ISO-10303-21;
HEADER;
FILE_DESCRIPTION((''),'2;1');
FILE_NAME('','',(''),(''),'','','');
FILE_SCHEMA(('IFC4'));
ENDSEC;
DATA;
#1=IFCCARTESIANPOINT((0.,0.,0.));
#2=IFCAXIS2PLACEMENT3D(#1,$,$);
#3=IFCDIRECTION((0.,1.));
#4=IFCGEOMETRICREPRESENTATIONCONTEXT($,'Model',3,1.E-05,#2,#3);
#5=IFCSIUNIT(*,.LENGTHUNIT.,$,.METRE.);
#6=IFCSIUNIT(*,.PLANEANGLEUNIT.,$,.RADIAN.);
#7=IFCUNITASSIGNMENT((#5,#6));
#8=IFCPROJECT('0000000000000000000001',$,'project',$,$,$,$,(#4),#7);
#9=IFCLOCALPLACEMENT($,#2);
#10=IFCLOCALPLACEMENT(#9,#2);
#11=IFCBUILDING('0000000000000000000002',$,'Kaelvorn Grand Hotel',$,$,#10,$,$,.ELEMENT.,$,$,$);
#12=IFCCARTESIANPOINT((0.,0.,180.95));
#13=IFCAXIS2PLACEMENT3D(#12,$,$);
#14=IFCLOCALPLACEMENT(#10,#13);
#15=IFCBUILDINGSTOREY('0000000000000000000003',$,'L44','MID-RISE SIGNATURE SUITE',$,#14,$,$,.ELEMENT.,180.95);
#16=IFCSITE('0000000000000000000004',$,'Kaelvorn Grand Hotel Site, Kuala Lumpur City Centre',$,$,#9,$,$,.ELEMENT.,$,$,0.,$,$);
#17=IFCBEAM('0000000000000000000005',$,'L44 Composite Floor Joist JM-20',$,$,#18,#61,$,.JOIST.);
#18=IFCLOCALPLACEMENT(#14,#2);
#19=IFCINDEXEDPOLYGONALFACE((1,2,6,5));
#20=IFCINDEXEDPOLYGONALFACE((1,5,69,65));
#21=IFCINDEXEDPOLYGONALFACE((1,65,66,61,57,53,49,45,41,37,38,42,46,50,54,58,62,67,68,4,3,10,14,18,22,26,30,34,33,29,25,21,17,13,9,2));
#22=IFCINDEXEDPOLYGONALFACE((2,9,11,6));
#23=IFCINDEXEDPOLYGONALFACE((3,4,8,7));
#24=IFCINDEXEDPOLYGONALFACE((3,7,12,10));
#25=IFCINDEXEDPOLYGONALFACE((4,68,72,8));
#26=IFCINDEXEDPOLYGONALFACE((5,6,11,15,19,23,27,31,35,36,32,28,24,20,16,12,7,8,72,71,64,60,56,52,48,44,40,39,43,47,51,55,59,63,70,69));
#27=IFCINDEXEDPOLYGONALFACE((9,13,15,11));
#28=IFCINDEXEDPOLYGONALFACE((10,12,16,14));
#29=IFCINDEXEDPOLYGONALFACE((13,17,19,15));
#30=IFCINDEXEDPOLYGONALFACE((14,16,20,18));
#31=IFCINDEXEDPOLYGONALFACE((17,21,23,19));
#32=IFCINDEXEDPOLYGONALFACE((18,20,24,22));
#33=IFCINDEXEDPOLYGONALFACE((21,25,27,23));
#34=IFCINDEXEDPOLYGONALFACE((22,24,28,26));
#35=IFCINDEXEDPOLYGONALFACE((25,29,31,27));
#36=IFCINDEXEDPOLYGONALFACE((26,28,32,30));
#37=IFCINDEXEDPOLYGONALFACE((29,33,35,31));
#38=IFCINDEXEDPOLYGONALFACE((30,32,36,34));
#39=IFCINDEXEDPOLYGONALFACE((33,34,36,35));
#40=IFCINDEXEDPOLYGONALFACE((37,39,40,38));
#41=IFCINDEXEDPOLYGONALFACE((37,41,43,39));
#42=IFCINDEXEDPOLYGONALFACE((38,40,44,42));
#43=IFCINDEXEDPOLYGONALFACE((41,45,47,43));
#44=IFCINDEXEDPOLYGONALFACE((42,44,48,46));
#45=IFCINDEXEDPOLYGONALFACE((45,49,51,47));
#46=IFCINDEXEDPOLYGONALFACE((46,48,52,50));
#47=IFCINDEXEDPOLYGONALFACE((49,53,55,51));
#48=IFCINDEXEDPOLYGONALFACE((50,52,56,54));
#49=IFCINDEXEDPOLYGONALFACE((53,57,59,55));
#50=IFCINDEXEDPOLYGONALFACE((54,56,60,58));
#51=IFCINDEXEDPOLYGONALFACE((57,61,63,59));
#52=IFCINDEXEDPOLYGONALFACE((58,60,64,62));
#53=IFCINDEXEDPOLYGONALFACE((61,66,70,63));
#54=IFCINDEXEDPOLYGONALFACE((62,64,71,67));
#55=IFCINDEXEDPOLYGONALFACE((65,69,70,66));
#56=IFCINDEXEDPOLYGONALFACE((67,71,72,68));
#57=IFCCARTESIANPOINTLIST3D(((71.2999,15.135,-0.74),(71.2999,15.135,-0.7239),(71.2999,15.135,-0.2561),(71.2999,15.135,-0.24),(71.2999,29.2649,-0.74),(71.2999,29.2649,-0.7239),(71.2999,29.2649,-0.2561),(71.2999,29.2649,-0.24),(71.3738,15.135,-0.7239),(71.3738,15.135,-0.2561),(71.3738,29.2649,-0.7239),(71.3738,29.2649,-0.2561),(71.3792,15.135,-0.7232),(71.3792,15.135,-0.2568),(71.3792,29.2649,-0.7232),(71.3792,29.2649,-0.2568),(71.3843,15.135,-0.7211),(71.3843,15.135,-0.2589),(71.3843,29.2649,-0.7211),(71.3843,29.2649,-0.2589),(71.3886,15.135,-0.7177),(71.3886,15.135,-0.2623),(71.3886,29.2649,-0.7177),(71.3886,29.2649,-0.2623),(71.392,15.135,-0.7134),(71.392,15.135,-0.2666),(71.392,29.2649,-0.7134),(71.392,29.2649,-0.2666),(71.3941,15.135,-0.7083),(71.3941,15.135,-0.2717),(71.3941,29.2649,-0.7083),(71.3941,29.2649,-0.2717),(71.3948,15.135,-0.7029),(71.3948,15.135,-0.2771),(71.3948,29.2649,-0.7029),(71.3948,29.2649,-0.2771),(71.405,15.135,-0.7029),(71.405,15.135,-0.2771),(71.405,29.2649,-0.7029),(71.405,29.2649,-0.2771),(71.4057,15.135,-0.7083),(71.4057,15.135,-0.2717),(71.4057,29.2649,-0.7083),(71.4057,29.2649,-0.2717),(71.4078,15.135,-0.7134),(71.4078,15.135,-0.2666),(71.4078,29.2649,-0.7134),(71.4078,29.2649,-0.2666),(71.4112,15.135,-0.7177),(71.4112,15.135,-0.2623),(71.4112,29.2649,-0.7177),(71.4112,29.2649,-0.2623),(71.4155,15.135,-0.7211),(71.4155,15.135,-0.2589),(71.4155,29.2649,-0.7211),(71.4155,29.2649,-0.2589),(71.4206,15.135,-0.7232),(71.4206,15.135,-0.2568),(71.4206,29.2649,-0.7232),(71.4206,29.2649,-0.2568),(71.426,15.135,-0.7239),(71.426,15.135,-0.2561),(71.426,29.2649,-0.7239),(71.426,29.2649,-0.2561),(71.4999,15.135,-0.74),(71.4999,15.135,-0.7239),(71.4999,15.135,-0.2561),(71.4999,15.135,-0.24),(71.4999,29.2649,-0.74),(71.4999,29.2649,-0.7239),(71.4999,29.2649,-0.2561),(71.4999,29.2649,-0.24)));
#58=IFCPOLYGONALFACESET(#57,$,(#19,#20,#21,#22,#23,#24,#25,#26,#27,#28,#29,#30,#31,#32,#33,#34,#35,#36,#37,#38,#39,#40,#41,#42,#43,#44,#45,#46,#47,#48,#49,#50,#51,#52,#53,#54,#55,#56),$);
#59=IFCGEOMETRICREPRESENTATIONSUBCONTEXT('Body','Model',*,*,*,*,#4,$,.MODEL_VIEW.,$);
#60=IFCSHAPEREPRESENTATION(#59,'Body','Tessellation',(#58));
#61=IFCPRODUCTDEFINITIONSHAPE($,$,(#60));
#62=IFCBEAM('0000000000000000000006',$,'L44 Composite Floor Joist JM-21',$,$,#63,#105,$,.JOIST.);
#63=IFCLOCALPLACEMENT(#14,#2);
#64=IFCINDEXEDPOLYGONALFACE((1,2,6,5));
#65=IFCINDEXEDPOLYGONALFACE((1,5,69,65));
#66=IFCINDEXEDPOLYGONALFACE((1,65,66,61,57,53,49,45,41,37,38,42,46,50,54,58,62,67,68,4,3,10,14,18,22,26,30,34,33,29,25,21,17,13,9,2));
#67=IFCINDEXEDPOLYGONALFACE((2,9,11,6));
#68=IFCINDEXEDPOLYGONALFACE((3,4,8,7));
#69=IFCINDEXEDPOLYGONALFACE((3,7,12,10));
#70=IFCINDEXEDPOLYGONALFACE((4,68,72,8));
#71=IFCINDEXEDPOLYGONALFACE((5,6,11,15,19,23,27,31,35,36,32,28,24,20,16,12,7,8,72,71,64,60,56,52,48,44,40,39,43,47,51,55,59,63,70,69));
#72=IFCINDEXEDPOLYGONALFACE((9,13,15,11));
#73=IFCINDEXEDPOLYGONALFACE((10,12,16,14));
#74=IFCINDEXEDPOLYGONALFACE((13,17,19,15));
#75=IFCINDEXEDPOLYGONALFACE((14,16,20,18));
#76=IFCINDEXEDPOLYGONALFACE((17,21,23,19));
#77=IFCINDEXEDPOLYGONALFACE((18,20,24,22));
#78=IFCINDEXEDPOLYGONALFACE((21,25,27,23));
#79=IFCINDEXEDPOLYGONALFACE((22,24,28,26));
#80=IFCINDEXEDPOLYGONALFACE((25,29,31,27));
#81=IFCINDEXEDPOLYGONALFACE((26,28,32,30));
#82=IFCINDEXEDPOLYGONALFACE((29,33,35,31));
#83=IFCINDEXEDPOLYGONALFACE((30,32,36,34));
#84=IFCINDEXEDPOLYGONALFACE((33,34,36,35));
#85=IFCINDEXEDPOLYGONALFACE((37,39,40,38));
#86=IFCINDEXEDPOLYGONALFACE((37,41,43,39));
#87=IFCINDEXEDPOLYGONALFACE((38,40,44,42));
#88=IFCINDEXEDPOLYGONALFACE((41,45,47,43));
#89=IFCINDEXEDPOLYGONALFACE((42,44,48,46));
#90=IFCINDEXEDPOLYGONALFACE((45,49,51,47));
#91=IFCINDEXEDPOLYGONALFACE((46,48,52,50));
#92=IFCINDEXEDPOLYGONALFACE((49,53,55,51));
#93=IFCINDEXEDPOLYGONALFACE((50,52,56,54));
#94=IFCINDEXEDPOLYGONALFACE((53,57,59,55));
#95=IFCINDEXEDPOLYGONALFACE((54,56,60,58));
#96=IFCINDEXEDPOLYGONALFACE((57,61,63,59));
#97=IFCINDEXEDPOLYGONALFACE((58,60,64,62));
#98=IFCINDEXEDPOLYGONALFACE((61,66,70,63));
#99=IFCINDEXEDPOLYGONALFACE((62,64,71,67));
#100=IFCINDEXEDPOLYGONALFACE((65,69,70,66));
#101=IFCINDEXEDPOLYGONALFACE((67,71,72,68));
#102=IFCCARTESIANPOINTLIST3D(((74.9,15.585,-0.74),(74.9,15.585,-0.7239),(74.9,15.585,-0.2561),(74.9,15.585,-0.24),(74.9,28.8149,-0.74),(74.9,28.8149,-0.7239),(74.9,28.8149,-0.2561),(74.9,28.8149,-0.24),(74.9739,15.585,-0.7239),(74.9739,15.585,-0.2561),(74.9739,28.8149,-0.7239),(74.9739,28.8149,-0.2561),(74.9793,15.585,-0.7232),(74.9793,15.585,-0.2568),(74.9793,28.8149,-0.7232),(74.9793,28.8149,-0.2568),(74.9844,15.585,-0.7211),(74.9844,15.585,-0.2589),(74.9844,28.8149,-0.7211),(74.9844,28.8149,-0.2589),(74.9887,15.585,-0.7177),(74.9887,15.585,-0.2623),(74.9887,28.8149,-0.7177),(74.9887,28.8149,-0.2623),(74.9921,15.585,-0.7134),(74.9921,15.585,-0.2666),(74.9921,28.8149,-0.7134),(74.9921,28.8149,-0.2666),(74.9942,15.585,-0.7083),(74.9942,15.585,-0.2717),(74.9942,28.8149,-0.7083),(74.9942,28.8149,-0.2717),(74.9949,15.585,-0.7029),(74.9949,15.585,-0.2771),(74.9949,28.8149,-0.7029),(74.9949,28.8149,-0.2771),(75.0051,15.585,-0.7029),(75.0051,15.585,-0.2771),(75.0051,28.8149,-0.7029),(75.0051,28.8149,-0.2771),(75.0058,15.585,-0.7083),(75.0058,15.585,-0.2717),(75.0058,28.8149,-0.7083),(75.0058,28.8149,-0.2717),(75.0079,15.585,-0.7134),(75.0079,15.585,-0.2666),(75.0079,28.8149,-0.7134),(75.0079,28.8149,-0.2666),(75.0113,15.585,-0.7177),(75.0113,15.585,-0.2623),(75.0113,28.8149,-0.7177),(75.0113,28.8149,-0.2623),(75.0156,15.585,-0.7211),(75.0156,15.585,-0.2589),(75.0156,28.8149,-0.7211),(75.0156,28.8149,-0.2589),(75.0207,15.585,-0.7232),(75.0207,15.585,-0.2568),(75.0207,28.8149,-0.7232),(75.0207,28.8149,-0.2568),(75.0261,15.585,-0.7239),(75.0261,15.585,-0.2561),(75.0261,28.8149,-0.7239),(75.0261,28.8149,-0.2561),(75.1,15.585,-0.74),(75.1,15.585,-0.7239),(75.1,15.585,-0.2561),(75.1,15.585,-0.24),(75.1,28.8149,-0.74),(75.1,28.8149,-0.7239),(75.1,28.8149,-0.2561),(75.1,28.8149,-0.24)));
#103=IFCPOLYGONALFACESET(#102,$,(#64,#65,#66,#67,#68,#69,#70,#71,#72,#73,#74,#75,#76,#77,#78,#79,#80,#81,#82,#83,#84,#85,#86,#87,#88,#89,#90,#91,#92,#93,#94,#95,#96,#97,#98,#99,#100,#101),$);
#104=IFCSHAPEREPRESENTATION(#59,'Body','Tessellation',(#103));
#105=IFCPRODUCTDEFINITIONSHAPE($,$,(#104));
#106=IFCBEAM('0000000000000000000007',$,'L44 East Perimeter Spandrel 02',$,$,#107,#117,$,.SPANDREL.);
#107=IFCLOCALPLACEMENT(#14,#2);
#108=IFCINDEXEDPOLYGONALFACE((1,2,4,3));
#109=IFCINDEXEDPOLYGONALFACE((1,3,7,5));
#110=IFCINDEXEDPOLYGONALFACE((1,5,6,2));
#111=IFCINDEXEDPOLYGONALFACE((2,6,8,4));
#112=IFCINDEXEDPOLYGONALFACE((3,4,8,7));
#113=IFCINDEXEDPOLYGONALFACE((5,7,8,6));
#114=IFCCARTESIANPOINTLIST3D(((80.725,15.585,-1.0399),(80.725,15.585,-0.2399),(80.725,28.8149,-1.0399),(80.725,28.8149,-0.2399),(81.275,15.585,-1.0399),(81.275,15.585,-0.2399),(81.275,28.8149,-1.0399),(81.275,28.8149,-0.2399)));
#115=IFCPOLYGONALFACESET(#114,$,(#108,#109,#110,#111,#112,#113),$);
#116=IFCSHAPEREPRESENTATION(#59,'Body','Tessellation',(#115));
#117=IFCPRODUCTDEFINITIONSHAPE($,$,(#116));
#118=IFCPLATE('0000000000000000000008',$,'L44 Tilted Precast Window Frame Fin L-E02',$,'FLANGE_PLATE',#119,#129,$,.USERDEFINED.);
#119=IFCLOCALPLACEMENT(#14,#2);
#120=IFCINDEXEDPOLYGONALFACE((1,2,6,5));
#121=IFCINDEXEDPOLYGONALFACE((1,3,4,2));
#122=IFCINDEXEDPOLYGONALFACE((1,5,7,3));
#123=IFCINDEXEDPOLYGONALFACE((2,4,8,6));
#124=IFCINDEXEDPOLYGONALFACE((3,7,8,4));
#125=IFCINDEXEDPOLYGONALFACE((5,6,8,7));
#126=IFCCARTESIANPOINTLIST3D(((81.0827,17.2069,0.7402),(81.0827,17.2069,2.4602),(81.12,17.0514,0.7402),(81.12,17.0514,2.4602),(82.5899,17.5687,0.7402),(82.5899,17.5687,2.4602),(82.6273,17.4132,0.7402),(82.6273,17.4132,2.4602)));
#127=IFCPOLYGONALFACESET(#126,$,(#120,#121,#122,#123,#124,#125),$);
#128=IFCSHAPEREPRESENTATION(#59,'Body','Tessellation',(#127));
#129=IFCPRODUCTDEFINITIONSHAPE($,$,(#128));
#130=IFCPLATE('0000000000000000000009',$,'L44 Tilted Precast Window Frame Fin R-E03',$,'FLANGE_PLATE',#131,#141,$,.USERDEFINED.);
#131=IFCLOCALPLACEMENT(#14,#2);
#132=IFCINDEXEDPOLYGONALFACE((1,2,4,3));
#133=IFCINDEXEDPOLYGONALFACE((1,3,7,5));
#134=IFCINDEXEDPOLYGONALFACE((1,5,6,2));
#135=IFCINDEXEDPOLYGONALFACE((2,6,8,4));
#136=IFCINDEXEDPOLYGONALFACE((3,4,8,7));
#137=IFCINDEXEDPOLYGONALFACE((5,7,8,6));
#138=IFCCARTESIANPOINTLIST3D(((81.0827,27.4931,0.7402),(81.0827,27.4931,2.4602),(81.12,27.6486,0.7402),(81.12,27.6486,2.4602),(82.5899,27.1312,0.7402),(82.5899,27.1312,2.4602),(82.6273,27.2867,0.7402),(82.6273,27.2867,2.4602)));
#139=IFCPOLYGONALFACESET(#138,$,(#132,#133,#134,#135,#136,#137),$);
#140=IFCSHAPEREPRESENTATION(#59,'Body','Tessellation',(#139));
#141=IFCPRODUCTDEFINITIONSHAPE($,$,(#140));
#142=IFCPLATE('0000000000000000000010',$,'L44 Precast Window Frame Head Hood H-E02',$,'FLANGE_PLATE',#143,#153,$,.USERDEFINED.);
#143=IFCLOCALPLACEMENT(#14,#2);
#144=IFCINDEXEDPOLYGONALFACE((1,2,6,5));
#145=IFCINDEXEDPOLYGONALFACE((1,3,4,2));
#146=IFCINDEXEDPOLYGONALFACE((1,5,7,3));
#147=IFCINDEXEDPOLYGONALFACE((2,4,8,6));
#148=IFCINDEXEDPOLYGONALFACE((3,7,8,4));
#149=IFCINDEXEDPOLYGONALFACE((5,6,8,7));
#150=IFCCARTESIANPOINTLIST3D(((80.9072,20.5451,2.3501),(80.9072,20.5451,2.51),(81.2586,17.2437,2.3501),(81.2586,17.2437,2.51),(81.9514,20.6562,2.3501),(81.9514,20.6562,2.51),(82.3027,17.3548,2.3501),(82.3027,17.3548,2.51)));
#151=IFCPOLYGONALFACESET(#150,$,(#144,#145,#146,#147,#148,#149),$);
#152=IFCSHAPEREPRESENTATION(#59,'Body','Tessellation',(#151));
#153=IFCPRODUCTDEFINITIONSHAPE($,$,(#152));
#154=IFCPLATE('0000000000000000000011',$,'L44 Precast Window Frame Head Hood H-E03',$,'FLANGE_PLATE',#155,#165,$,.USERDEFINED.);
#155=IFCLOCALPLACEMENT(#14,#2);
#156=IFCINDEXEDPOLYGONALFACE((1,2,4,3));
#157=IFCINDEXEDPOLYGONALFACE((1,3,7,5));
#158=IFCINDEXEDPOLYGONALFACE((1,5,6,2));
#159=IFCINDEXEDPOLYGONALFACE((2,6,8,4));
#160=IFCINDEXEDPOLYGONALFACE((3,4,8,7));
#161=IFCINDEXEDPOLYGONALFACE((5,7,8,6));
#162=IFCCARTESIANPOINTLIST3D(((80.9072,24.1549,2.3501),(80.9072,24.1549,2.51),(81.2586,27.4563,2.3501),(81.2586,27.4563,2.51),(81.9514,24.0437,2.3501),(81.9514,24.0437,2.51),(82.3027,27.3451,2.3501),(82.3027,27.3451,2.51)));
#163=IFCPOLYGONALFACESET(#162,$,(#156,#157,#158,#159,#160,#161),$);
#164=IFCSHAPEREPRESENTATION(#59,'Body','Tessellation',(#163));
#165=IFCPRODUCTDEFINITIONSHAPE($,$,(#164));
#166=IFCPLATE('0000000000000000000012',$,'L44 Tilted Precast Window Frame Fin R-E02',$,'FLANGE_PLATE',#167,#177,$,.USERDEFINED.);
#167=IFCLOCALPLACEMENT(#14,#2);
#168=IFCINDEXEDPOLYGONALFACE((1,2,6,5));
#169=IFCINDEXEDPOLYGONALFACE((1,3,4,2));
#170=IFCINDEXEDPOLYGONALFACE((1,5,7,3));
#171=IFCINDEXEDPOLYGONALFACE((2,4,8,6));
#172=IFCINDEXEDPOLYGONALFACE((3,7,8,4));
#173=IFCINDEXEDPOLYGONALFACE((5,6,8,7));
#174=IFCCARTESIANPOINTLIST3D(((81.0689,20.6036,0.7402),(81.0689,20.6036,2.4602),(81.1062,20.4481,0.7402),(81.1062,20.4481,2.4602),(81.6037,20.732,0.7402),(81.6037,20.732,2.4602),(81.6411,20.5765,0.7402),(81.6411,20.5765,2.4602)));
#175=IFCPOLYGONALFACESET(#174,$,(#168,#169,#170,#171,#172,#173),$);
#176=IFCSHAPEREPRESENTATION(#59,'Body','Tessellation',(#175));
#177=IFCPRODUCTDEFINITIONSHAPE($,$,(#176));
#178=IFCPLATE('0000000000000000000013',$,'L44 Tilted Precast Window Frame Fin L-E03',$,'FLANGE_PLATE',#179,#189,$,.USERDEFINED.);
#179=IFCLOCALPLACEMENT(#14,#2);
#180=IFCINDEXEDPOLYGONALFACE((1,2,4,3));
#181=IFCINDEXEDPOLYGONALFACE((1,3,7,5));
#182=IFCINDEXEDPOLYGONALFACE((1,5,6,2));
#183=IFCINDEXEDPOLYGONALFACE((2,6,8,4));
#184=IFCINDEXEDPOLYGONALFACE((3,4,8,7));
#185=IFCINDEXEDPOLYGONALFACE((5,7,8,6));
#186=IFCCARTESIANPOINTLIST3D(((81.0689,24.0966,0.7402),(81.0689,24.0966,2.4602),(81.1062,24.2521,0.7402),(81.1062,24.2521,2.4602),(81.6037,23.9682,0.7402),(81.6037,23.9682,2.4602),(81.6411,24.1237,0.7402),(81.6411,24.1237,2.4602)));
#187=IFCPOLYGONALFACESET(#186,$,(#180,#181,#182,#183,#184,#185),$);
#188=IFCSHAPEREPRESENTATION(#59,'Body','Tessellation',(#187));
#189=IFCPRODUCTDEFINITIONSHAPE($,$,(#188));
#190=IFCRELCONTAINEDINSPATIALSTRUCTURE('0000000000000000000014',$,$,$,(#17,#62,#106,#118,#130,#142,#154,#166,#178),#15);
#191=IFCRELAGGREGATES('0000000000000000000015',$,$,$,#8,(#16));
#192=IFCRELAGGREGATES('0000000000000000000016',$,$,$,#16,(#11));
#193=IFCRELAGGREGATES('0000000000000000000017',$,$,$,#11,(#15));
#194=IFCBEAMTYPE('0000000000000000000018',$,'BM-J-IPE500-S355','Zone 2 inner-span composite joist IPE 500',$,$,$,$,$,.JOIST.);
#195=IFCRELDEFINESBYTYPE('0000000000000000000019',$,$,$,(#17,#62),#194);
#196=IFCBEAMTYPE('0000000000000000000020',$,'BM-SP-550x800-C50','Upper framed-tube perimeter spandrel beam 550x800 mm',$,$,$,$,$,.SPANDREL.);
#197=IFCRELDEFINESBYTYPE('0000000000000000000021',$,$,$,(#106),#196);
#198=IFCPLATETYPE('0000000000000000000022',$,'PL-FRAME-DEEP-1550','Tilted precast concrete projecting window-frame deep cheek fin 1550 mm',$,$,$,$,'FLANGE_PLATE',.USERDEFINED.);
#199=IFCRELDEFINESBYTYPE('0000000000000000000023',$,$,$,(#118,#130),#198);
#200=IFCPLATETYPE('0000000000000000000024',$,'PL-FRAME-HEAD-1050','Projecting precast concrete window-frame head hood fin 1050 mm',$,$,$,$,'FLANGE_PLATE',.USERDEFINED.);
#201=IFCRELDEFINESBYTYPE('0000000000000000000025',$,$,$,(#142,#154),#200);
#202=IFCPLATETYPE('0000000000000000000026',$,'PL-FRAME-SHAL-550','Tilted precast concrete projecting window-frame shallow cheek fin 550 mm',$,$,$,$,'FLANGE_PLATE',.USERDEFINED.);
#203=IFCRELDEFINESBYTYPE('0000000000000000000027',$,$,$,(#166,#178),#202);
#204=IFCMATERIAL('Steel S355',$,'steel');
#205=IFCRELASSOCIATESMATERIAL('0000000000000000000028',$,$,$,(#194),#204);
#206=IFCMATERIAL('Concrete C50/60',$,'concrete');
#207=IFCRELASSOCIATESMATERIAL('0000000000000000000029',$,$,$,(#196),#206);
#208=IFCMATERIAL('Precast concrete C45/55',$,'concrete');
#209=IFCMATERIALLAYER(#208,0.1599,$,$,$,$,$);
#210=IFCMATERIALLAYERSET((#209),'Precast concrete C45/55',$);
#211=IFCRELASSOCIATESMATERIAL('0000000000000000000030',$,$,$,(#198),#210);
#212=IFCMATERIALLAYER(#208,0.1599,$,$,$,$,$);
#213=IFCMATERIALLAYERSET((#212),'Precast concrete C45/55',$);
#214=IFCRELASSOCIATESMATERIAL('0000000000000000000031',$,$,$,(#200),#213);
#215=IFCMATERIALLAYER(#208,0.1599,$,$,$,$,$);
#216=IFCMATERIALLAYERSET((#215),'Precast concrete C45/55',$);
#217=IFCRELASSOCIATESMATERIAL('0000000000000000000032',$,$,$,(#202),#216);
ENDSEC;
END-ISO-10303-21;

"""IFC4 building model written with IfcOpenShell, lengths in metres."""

from ifc_helpers import new_model, si_unit, direction, frame, origin, origin_2d, place, context, subcontext, project, spatial, rectangle, i_section, extrude, material, layer, layer_set, material_profile, profile_set, type_object, element, save


model = new_model("IFC4")

# Units and contexts
model_context = context("Model", 3, precision=1e-05, world=origin(), true_north=direction((0.0, 1.0)))
body_context = subcontext(model_context, "Body", "Model", "MODEL_VIEW")
ifc_project = project(units=[si_unit("LENGTHUNIT", "METRE"), si_unit("PLANEANGLEUNIT", "RADIAN")], contexts=[model_context])

# Site, building, storey
site_placement = place(None, origin())
site = spatial("IfcSite", under=ifc_project, at=site_placement, Name="Kaelvorn Grand Hotel Site, Kuala Lumpur City Centre", CompositionType="ELEMENT", RefElevation=0.0)
building_placement = place(site_placement, origin())
building = spatial("IfcBuilding", under=site, at=building_placement, Name="Kaelvorn Grand Hotel", CompositionType="ELEMENT")
storey_placement = place(building_placement, frame((0.0, 0.0, 180.95)))
storey = spatial("IfcBuildingStorey", under=building, at=storey_placement, Name="L44", Description="MID-RISE SIGNATURE SUITE", CompositionType="ELEMENT", Elevation=180.95)

# Beams
ifc_material_1 = material(Name="Steel S355", Category="steel")
ifc_material_profile_1 = material_profile(ifc_material_1, i_section(OverallWidth=0.2, OverallDepth=0.5, WebThickness=0.0103, FlangeThickness=0.0161, FilletRadius=0.021, at=origin_2d()), Name="IPE 500")
ifc_profile_set_1 = profile_set([ifc_material_profile_1], Name="Steel S355")
beam_type_1 = type_object("IfcBeamType", Name="BM-J-IPE500-S355", Description="Zone 2 inner-span composite joist IPE 500", PredefinedType="JOIST", material=ifc_profile_set_1)
beam_1_placement = place(storey_placement, frame((71.3999, 15.135, -0.49), z_axis=(0.0, 1.0, 0.0), x_axis=(-1.0, 0.0, 0.0)))
element("IfcBeam", 1, at=beam_1_placement, inside=storey, type_object=beam_type_1, Name="L44 Composite Floor Joist JM-20", PredefinedType="JOIST", context=body_context, shape_type="SweptSolid", body=[
    extrude(i_section(OverallWidth=0.2, OverallDepth=0.5, WebThickness=0.0103, FlangeThickness=0.0161, FilletRadius=0.021, at=origin_2d()), origin(), (0.0, 0.0, 1.0), 14.1299),
])
beam_2_placement = place(storey_placement, frame((75.0, 15.585, -0.49), z_axis=(0.0, 1.0, 0.0), x_axis=(-1.0, 0.0, 0.0)))
element("IfcBeam", 2, at=beam_2_placement, inside=storey, type_object=beam_type_1, Name="L44 Composite Floor Joist JM-21", PredefinedType="JOIST", context=body_context, shape_type="SweptSolid", body=[
    extrude(i_section(OverallWidth=0.2, OverallDepth=0.5, WebThickness=0.0103, FlangeThickness=0.0161, FilletRadius=0.021, at=origin_2d()), origin(), (0.0, 0.0, 1.0), 13.23),
])
ifc_material_2 = material(Name="Concrete C50/60", Category="concrete")
ifc_material_profile_2 = material_profile(ifc_material_2, rectangle(XDim=0.55, YDim=0.8, at=origin_2d()), Name="RC SPANDREL 550x800")
ifc_profile_set_2 = profile_set([ifc_material_profile_2], Name="Concrete C50/60")
beam_type_2 = type_object("IfcBeamType", Name="BM-SP-550x800-C50", Description="Upper framed-tube perimeter spandrel beam 550x800 mm", PredefinedType="SPANDREL", material=ifc_profile_set_2)
beam_3_placement = place(storey_placement, frame((81.0, 15.585, -0.6399), z_axis=(0.0, 1.0, 0.0), x_axis=(-1.0, 0.0, 0.0)))
element("IfcBeam", 3, at=beam_3_placement, inside=storey, type_object=beam_type_2, Name="L44 East Perimeter Spandrel 02", PredefinedType="SPANDREL", context=body_context, shape_type="SweptSolid", body=[
    extrude(rectangle(XDim=0.55, YDim=0.8, at=origin_2d()), origin(), (0.0, 0.0, 1.0), 13.23),
])

# Plates
ifc_material_3 = material(Name="Precast concrete C45/55", Category="concrete")
ifc_layer_1 = layer(ifc_material_3, 0.1599)
ifc_layer_set_1 = layer_set([ifc_layer_1], Name="Precast concrete C45/55")
plate_type_1 = type_object("IfcPlateType", Name="PL-FRAME-DEEP-1550", Description="Tilted precast concrete projecting window-frame deep cheek fin 1550 mm", ElementType="FLANGE_PLATE", PredefinedType="USERDEFINED", material=ifc_layer_set_1)
for number, where, z_axis, x_axis, name in (
    (4, (81.855, 17.3101, 0.7402), (0.0, 0.0, 1.0), (-0.233445, 0.97237, 0.0), "L44 Tilted Precast Window Frame Fin L-E02"),
    (5, (81.855, 27.3899, 0.7402), (0.0, 0.0, 1.0), (0.233445, 0.97237, 0.0), "L44 Tilted Precast Window Frame Fin R-E03"),
):
    element("IfcPlate", number, at=place(storey_placement, frame(where, z_axis=z_axis, x_axis=x_axis)), inside=storey, type_object=plate_type_1, Name=name, ObjectType="FLANGE_PLATE", PredefinedType="USERDEFINED", context=body_context, shape_type="SweptSolid", body=[
        extrude(rectangle(XDim=0.1599, YDim=1.55, at=origin_2d()), origin(), (0.0, 0.0, 1.0), 1.72),
    ])
ifc_layer_2 = layer(ifc_material_3, 0.1599)
ifc_layer_set_2 = layer_set([ifc_layer_2], Name="Precast concrete C45/55")
plate_type_2 = type_object("IfcPlateType", Name="PL-FRAME-HEAD-1050", Description="Projecting precast concrete window-frame head hood fin 1050 mm", ElementType="FLANGE_PLATE", PredefinedType="USERDEFINED", material=ifc_layer_set_2)
for number, where, z_axis, x_axis, name in (
    (6, (81.605, 18.95, 2.3501), (0.0, 0.0, 1.0), (-0.10583, 0.994384, 0.0), "L44 Precast Window Frame Head Hood H-E02"),
    (7, (81.605, 25.75, 2.3501), (0.0, 0.0, 1.0), (0.10583, 0.994384, 0.0), "L44 Precast Window Frame Head Hood H-E03"),
):
    element("IfcPlate", number, at=place(storey_placement, frame(where, z_axis=z_axis, x_axis=x_axis)), inside=storey, type_object=plate_type_2, Name=name, ObjectType="FLANGE_PLATE", PredefinedType="USERDEFINED", context=body_context, shape_type="SweptSolid", body=[
        extrude(rectangle(XDim=3.3201, YDim=1.05, at=origin_2d()), origin(), (0.0, 0.0, 1.0), 0.1599),
    ])
ifc_layer_3 = layer(ifc_material_3, 0.1599)
ifc_layer_set_3 = layer_set([ifc_layer_3], Name="Precast concrete C45/55")
plate_type_3 = type_object("IfcPlateType", Name="PL-FRAME-SHAL-550", Description="Tilted precast concrete projecting window-frame shallow cheek fin 550 mm", ElementType="FLANGE_PLATE", PredefinedType="USERDEFINED", material=ifc_layer_set_3)
for number, where, z_axis, x_axis, name in (
    (8, (81.355, 20.5901, 0.7402), (0.0, 0.0, 1.0), (-0.233445, 0.97237, 0.0), "L44 Tilted Precast Window Frame Fin R-E02"),
    (9, (81.355, 24.1101, 0.7402), (0.0, 0.0, 1.0), (0.233445, 0.97237, 0.0), "L44 Tilted Precast Window Frame Fin L-E03"),
):
    element("IfcPlate", number, at=place(storey_placement, frame(where, z_axis=z_axis, x_axis=x_axis)), inside=storey, type_object=plate_type_3, Name=name, ObjectType="FLANGE_PLATE", PredefinedType="USERDEFINED", context=body_context, shape_type="SweptSolid", body=[
        extrude(rectangle(XDim=0.1599, YDim=0.55, at=origin_2d()), origin(), (0.0, 0.0, 1.0), 1.72),
    ])

save(model, "model.ifc")
